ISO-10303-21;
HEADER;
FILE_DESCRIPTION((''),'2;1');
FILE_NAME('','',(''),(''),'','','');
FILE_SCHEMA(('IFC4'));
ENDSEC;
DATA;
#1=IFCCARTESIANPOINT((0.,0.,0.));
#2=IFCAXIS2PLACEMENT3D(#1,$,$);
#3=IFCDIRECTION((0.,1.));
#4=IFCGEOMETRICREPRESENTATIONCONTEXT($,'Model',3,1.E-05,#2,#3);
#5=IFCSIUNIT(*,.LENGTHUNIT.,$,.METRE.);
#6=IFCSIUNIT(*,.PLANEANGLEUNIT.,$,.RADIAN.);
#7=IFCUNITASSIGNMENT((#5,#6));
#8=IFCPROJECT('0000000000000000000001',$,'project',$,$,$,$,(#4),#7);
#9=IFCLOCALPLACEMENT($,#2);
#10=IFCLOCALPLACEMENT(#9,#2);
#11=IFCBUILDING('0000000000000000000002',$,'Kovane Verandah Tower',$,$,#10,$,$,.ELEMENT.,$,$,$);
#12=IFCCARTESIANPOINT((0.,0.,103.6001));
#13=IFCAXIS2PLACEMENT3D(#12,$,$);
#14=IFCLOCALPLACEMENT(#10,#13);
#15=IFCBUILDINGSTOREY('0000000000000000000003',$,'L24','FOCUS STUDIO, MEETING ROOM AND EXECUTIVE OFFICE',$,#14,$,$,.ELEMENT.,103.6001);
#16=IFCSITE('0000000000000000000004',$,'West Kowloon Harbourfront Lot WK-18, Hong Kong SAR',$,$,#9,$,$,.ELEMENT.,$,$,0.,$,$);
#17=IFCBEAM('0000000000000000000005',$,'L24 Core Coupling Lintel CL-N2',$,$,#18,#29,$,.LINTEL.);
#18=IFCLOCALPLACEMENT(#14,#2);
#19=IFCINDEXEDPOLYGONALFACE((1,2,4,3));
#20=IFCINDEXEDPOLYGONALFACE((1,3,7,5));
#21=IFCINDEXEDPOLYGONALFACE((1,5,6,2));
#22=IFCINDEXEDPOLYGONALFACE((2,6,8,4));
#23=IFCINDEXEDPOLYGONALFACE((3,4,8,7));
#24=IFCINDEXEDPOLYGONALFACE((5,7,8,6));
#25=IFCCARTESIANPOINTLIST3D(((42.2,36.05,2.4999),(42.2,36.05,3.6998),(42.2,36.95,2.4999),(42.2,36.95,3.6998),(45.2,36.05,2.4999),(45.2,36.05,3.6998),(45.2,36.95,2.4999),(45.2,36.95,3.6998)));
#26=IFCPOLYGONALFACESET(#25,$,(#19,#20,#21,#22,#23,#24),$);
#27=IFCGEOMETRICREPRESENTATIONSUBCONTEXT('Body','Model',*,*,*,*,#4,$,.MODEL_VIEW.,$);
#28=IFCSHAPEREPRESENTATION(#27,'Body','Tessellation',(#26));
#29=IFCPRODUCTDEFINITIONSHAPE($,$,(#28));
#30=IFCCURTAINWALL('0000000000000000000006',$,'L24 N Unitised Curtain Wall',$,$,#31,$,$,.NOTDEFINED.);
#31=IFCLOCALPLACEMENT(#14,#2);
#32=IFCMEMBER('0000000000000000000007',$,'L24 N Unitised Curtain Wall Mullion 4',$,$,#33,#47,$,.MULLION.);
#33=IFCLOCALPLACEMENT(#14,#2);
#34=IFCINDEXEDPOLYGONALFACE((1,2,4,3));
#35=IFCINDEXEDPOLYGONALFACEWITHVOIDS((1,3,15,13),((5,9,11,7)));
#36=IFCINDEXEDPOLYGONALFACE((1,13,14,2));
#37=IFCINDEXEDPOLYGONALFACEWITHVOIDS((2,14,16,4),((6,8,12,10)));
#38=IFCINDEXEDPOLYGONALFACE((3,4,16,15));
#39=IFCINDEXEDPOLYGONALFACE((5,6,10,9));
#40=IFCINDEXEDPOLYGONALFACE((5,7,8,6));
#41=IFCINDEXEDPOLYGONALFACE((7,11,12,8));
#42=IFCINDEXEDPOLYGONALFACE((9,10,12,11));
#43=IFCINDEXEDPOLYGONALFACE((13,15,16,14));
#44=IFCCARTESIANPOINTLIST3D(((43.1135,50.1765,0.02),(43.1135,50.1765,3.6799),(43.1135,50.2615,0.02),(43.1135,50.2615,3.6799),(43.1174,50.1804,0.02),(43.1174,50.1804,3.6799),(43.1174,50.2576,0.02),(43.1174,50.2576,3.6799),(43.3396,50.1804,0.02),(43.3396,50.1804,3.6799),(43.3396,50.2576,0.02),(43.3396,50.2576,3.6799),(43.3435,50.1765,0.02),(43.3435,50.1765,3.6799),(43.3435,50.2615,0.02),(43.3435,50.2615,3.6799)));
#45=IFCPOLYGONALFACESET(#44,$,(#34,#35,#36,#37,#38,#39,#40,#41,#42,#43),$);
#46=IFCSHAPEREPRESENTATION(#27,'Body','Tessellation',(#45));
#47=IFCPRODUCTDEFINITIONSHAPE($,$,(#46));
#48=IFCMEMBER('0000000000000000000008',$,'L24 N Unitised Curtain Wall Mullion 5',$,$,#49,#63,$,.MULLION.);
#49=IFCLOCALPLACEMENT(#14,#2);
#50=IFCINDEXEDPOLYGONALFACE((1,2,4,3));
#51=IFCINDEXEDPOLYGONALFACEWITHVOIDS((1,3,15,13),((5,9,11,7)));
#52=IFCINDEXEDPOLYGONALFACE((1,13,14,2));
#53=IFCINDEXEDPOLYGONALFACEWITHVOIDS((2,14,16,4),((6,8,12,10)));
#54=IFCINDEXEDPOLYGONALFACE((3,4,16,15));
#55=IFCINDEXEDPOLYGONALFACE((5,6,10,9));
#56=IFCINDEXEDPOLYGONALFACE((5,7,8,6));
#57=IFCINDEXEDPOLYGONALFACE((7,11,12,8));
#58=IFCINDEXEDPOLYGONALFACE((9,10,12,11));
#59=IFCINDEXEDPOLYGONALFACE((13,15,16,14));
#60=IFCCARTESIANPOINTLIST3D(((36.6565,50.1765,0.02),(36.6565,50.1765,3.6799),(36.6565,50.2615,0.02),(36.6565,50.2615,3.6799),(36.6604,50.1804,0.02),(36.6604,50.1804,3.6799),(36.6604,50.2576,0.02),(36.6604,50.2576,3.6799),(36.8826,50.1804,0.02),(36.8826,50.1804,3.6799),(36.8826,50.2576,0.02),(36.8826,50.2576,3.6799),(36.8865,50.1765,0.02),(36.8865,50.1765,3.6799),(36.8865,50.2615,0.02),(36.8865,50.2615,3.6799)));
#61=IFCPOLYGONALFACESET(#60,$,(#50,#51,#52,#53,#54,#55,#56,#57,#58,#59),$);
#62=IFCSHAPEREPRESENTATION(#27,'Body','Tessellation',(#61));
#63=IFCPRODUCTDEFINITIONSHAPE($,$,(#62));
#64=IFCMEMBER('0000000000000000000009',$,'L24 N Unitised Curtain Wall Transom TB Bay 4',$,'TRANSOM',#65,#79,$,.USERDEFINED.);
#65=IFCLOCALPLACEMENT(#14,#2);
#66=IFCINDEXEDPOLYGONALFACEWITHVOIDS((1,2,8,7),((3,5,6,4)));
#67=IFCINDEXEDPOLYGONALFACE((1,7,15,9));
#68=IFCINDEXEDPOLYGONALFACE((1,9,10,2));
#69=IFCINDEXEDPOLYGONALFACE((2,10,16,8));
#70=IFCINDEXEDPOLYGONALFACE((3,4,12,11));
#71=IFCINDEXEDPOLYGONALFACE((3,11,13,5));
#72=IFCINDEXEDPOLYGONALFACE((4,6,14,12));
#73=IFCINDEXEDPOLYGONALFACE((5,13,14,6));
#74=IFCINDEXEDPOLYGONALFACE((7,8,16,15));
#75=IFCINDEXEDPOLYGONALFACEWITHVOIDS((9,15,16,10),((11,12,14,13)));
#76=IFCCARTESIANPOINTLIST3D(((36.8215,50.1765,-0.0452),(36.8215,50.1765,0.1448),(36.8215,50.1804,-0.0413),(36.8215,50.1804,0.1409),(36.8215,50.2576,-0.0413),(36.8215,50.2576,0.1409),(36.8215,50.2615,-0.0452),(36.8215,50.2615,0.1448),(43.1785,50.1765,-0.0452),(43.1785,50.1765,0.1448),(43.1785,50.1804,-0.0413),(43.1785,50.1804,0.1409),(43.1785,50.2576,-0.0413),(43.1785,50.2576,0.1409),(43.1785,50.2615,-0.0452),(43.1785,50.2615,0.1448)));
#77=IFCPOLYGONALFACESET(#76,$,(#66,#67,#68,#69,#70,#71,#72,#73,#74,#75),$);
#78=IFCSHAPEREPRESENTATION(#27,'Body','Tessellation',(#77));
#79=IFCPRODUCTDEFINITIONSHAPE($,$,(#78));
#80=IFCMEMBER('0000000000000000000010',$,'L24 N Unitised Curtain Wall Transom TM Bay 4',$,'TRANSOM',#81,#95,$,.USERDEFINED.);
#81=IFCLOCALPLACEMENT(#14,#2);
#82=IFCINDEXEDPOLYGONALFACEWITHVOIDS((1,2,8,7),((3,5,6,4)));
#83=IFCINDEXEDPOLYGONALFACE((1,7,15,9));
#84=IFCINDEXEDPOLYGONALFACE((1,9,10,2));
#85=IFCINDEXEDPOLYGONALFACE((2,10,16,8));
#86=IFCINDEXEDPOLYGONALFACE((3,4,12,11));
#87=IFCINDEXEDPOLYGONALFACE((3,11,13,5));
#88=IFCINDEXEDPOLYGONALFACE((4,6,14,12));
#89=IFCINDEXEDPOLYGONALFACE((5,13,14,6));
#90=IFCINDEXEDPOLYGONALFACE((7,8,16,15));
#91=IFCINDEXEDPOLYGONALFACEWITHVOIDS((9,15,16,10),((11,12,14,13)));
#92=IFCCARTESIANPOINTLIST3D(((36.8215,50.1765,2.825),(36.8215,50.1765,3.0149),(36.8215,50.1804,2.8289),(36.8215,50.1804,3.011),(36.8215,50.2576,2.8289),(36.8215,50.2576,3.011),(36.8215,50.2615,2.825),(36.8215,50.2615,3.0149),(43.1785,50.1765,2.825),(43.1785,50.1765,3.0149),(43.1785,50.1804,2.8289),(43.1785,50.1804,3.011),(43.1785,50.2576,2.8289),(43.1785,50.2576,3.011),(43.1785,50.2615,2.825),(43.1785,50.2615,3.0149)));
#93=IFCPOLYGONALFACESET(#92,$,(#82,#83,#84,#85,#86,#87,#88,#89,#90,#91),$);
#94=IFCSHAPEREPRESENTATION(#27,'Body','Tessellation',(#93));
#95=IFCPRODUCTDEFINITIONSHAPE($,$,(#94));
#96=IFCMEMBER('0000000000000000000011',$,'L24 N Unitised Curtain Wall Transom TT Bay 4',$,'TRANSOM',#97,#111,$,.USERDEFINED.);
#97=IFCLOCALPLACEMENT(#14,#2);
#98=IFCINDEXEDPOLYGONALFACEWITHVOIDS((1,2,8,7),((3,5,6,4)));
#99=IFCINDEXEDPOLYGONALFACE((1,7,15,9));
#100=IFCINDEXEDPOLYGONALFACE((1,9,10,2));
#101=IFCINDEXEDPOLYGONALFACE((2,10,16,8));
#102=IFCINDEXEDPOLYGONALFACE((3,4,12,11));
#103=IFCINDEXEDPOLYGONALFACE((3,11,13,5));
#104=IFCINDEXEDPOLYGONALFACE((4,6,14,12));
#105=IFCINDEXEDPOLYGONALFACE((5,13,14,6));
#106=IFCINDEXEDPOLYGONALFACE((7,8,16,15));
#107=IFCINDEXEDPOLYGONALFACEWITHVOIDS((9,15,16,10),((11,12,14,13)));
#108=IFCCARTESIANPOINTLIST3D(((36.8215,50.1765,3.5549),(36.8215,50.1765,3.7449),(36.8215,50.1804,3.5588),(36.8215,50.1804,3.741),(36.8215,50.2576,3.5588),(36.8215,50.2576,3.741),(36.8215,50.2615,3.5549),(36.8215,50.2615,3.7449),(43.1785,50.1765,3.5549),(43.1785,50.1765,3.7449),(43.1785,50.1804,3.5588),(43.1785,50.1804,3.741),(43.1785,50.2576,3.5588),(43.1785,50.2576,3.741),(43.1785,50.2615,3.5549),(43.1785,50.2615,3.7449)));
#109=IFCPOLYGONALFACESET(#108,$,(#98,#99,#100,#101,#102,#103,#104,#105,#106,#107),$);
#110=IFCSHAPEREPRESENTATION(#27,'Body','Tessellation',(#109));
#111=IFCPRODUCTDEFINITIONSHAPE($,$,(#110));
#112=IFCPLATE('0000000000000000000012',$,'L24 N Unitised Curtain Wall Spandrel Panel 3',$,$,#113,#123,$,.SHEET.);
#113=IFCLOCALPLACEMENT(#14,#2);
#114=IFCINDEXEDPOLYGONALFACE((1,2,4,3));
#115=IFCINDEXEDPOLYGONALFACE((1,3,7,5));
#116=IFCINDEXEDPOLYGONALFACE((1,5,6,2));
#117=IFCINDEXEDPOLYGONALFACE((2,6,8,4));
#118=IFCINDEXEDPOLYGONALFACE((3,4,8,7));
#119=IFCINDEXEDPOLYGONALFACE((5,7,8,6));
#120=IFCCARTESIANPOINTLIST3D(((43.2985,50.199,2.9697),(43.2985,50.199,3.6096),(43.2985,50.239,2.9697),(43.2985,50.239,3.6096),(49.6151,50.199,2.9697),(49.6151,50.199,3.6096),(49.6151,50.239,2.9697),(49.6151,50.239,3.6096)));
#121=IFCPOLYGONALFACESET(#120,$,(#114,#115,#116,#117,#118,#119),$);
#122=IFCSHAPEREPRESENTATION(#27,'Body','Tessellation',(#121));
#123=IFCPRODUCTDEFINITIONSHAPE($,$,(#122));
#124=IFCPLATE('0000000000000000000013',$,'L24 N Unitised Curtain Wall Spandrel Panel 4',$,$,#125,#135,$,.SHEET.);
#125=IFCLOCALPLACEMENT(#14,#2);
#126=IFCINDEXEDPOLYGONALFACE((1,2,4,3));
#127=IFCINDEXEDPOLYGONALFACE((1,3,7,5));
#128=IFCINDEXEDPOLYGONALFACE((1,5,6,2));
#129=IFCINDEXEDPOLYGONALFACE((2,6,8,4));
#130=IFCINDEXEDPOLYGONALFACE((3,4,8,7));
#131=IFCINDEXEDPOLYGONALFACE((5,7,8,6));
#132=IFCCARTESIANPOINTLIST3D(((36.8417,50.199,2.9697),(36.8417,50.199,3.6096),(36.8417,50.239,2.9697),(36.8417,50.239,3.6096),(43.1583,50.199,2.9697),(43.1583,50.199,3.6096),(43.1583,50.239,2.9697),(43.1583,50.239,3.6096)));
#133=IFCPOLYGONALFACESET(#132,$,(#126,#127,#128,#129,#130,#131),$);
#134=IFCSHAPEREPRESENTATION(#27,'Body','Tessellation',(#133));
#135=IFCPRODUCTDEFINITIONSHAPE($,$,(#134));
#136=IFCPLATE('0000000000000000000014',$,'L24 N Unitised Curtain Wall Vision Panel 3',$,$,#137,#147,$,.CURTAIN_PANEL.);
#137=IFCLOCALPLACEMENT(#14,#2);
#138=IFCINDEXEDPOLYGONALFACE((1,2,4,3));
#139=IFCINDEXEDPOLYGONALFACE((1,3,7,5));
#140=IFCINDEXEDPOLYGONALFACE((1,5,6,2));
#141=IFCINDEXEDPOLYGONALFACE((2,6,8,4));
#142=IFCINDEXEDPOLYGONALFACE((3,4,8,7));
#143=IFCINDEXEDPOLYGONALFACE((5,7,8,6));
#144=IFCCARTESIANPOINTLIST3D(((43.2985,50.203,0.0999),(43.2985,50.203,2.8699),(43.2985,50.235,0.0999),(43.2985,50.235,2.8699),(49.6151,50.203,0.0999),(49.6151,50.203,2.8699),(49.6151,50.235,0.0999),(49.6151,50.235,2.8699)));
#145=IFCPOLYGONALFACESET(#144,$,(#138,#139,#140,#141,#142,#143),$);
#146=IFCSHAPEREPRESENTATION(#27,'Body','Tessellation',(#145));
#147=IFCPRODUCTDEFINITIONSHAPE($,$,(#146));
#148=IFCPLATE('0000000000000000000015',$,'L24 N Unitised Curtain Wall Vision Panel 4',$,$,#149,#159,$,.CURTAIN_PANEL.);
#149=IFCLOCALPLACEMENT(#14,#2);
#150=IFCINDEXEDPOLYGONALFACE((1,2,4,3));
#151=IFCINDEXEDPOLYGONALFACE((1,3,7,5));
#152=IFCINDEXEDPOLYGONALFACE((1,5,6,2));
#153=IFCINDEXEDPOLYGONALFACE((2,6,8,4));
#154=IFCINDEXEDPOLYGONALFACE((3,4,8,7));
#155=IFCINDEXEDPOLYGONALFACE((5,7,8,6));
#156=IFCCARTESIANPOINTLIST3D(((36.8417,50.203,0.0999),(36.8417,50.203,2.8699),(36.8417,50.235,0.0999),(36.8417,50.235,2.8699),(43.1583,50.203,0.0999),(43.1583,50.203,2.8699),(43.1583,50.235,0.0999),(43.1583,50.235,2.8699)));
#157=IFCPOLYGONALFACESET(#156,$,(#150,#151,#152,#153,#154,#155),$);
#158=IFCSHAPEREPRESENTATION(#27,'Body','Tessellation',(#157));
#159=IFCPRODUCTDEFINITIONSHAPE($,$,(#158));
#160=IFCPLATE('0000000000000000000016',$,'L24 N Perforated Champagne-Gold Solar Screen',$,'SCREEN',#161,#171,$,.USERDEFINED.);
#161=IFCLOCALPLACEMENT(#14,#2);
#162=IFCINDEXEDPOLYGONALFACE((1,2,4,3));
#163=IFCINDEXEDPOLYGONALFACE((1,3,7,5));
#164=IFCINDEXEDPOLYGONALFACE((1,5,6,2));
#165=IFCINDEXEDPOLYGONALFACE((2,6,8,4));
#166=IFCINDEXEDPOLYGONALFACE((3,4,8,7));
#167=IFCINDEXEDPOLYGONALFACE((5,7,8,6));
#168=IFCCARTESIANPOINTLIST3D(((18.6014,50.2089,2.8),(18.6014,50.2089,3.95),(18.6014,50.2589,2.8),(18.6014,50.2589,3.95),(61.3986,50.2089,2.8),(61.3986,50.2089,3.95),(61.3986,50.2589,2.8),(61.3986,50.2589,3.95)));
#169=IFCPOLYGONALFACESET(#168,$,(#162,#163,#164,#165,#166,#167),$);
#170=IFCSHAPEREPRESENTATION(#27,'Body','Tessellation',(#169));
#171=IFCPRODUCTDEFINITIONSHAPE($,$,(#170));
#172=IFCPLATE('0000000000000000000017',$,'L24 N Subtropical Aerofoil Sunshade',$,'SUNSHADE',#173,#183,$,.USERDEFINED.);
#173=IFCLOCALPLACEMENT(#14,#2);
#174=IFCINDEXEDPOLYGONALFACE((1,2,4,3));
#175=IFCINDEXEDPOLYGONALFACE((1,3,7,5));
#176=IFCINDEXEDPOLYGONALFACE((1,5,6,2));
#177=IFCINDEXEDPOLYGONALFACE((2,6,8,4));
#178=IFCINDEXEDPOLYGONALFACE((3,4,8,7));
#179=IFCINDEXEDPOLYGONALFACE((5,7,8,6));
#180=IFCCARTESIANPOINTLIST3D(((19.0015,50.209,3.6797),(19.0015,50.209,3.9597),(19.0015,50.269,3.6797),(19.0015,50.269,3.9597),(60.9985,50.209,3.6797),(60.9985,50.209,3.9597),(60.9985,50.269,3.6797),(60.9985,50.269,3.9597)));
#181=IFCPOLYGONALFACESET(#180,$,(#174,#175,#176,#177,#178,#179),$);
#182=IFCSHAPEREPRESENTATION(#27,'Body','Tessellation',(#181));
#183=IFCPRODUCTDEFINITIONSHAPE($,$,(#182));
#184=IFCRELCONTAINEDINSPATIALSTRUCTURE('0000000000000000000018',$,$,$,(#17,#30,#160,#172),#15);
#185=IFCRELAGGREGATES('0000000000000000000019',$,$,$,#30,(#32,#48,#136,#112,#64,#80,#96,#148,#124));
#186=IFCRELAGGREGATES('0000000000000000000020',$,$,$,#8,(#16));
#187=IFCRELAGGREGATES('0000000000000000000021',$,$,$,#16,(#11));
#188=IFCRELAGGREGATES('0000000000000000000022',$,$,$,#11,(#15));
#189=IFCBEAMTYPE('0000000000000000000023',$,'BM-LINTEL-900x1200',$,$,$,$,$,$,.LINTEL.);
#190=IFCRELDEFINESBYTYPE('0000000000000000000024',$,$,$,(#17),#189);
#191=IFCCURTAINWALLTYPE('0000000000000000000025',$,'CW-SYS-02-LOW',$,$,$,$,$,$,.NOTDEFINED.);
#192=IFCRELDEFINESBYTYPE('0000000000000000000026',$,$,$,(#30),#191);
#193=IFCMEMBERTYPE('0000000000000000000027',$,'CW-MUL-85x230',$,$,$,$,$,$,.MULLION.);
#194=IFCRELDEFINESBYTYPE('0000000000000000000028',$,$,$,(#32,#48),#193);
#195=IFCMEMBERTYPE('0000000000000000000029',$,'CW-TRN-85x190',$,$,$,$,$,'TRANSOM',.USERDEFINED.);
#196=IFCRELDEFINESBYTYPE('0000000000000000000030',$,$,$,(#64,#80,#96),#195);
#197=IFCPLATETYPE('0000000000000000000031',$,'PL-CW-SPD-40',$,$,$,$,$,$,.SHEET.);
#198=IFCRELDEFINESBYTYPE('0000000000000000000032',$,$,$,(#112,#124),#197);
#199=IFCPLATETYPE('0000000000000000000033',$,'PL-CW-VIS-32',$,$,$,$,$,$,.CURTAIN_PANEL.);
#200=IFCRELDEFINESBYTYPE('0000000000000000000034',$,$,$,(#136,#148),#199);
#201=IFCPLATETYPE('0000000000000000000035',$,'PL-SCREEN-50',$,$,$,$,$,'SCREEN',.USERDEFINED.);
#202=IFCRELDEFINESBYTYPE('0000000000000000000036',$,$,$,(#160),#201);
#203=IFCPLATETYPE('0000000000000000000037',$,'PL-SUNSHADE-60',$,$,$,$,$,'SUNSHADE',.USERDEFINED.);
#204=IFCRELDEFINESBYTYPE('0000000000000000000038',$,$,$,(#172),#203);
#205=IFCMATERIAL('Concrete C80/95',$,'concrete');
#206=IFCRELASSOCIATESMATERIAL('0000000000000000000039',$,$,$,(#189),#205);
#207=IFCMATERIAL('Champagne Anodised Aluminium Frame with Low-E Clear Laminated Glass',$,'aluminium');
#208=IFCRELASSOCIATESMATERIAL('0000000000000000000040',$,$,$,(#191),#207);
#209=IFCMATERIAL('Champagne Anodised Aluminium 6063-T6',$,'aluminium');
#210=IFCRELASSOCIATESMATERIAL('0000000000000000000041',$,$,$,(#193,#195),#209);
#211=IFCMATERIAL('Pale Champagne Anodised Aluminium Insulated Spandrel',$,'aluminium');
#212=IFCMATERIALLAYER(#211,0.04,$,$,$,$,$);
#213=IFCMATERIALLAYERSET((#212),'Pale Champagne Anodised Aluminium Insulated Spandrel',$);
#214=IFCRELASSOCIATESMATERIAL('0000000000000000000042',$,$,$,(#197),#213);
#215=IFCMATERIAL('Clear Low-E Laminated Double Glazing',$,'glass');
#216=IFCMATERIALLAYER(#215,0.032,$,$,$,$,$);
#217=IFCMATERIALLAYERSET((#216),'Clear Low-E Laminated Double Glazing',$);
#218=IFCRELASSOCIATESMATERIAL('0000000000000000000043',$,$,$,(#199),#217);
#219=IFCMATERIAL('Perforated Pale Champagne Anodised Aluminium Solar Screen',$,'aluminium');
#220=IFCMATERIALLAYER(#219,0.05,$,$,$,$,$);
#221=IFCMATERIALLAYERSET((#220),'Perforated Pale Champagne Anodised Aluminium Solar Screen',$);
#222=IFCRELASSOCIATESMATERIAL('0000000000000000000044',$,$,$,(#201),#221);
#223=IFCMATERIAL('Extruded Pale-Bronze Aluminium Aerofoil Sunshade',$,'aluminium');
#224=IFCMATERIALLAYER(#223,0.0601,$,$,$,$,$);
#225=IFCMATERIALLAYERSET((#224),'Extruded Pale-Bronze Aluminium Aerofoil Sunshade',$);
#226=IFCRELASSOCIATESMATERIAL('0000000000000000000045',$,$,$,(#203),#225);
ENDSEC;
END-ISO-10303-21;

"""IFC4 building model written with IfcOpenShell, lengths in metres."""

from ifc_helpers import new_model, si_unit, direction, frame, origin, origin_2d, place, context, subcontext, project, spatial, rectangle, hollow_rectangle, extrude, material, layer, layer_set, material_profile, profile_set, type_object, element, aggregate, save


model = new_model("IFC4")

# Units and contexts
model_context = context("Model", 3, precision=1e-05, world=origin(), true_north=direction((0.0, 1.0)))
body_context = subcontext(model_context, "Body", "Model", "MODEL_VIEW")
ifc_project = project(units=[si_unit("LENGTHUNIT", "METRE"), si_unit("PLANEANGLEUNIT", "RADIAN")], contexts=[model_context])

# Site, building, storey
site_placement = place(None, origin())
site = spatial("IfcSite", under=ifc_project, at=site_placement, Name="West Kowloon Harbourfront Lot WK-18, Hong Kong SAR", CompositionType="ELEMENT", RefElevation=0.0)
building_placement = place(site_placement, origin())
building = spatial("IfcBuilding", under=site, at=building_placement, Name="Kovane Verandah Tower", CompositionType="ELEMENT")
storey_placement = place(building_placement, frame((0.0, 0.0, 103.6001)))
storey = spatial("IfcBuildingStorey", under=building, at=storey_placement, Name="L24", Description="FOCUS STUDIO, MEETING ROOM AND EXECUTIVE OFFICE", CompositionType="ELEMENT", Elevation=103.6001)

# Beam
ifc_material_1 = material(Name="Concrete C80/95", Category="concrete")
ifc_material_profile_1 = material_profile(ifc_material_1, rectangle(XDim=0.8999, YDim=1.2, at=origin_2d()), Name="RCB900x1200")
ifc_profile_set_1 = profile_set([ifc_material_profile_1], Name="Concrete C80/95")
beam_type = type_object("IfcBeamType", Name="BM-LINTEL-900x1200", PredefinedType="LINTEL", material=ifc_profile_set_1)
beam_placement = place(storey_placement, frame((42.2, 36.5, 3.0999), z_axis=(1.0, 0.0, 0.0), x_axis=(0.0, 1.0, 0.0)))
element("IfcBeam", 1, at=beam_placement, inside=storey, type_object=beam_type, Name="L24 Core Coupling Lintel CL-N2", PredefinedType="LINTEL", context=body_context, shape_type="SweptSolid", body=[
    extrude(rectangle(XDim=0.8999, YDim=1.2, at=origin_2d()), origin(), (0.0, 0.0, 1.0), 3.0),
])

# Curtain wall, members, plates
ifc_material_2 = material(Name="Champagne Anodised Aluminium Frame with Low-E Clear Laminated Glass", Category="aluminium")
curtain_wall_type = type_object("IfcCurtainWallType", Name="CW-SYS-02-LOW", PredefinedType="NOTDEFINED", material=ifc_material_2)
curtain_wall_placement = place(storey_placement, origin())
curtain_wall = element("IfcCurtainWall", 2, at=curtain_wall_placement, inside=storey, type_object=curtain_wall_type, Name="L24 N Unitised Curtain Wall", PredefinedType="NOTDEFINED")
ifc_material_3 = material(Name="Champagne Anodised Aluminium 6063-T6", Category="aluminium")
ifc_material_profile_2 = material_profile(ifc_material_3, hollow_rectangle(XDim=0.085, YDim=0.23, WallThickness=0.0039, at=origin_2d()), Name="AL85x230x4")
ifc_profile_set_2 = profile_set([ifc_material_profile_2], Name="Champagne Anodised Aluminium 6063-T6")
member_type_1 = type_object("IfcMemberType", Name="CW-MUL-85x230", PredefinedType="MULLION", material=ifc_profile_set_2)
member_1_placement = place(storey_placement, frame((43.2285, 50.219, 0.02), z_axis=(0.0, 0.0, 1.0), x_axis=(0.0, 1.0, 0.0)))
member_1 = element("IfcMember", 3, at=member_1_placement, type_object=member_type_1, Name="L24 N Unitised Curtain Wall Mullion 4", PredefinedType="MULLION", context=body_context, shape_type="SweptSolid", body=[
    extrude(hollow_rectangle(XDim=0.085, YDim=0.23, WallThickness=0.0039, at=origin_2d()), origin(), (0.0, 0.0, 1.0), 3.6599),
])
member_2_placement = place(storey_placement, frame((36.7715, 50.219, 0.02), z_axis=(0.0, 0.0, 1.0), x_axis=(0.0, 1.0, 0.0)))
member_2 = element("IfcMember", 4, at=member_2_placement, type_object=member_type_1, Name="L24 N Unitised Curtain Wall Mullion 5", PredefinedType="MULLION", context=body_context, shape_type="SweptSolid", body=[
    extrude(hollow_rectangle(XDim=0.085, YDim=0.23, WallThickness=0.0039, at=origin_2d()), origin(), (0.0, 0.0, 1.0), 3.6599),
])
ifc_material_profile_3 = material_profile(ifc_material_3, hollow_rectangle(XDim=0.085, YDim=0.1899, WallThickness=0.0039, at=origin_2d()), Name="AL85x190x4")
ifc_profile_set_3 = profile_set([ifc_material_profile_3], Name="Champagne Anodised Aluminium 6063-T6")
member_type_2 = type_object("IfcMemberType", Name="CW-TRN-85x190", ElementType="TRANSOM", PredefinedType="USERDEFINED", material=ifc_profile_set_3)
member_3_placement = place(storey_placement, frame((43.1785, 50.219, 0.0498), z_axis=(-1.0, 0.0, 0.0), x_axis=(0.0, -1.0, 0.0)))
member_3 = element("IfcMember", 5, at=member_3_placement, type_object=member_type_2, Name="L24 N Unitised Curtain Wall Transom TB Bay 4", ObjectType="TRANSOM", PredefinedType="USERDEFINED", context=body_context, shape_type="SweptSolid", body=[
    extrude(hollow_rectangle(XDim=0.085, YDim=0.1899, WallThickness=0.0039, at=origin_2d()), origin(), (0.0, 0.0, 1.0), 6.3569),
])
member_4_placement = place(storey_placement, frame((43.1785, 50.219, 2.9199), z_axis=(-1.0, 0.0, 0.0), x_axis=(0.0, -1.0, 0.0)))
member_4 = element("IfcMember", 6, at=member_4_placement, type_object=member_type_2, Name="L24 N Unitised Curtain Wall Transom TM Bay 4", ObjectType="TRANSOM", PredefinedType="USERDEFINED", context=body_context, shape_type="SweptSolid", body=[
    extrude(hollow_rectangle(XDim=0.085, YDim=0.1899, WallThickness=0.0039, at=origin_2d()), origin(), (0.0, 0.0, 1.0), 6.3569),
])
member_5_placement = place(storey_placement, frame((43.1785, 50.219, 3.6499), z_axis=(-1.0, 0.0, 0.0), x_axis=(0.0, -1.0, 0.0)))
member_5 = element("IfcMember", 7, at=member_5_placement, type_object=member_type_2, Name="L24 N Unitised Curtain Wall Transom TT Bay 4", ObjectType="TRANSOM", PredefinedType="USERDEFINED", context=body_context, shape_type="SweptSolid", body=[
    extrude(hollow_rectangle(XDim=0.085, YDim=0.1899, WallThickness=0.0039, at=origin_2d()), origin(), (0.0, 0.0, 1.0), 6.3569),
])
ifc_material_4 = material(Name="Pale Champagne Anodised Aluminium Insulated Spandrel", Category="aluminium")
ifc_layer_1 = layer(ifc_material_4, 0.04)
ifc_layer_set_1 = layer_set([ifc_layer_1], Name="Pale Champagne Anodised Aluminium Insulated Spandrel")
plate_type_1 = type_object("IfcPlateType", Name="PL-CW-SPD-40", PredefinedType="SHEET", material=ifc_layer_set_1)
plate_1_placement = place(storey_placement, frame((46.4568, 50.219, 2.9697), z_axis=(0.0, 0.0, 1.0), x_axis=(-1.0, 0.0, 0.0)))
plate_1 = element("IfcPlate", 8, at=plate_1_placement, type_object=plate_type_1, Name="L24 N Unitised Curtain Wall Spandrel Panel 3", PredefinedType="SHEET", context=body_context, shape_type="SweptSolid", body=[
    extrude(rectangle(XDim=6.3167, YDim=0.04, at=origin_2d()), origin(), (0.0, 0.0, 1.0), 0.6399),
])
plate_2_placement = place(storey_placement, frame((40.0, 50.219, 2.9697), z_axis=(0.0, 0.0, 1.0), x_axis=(-1.0, 0.0, 0.0)))
plate_2 = element("IfcPlate", 9, at=plate_2_placement, type_object=plate_type_1, Name="L24 N Unitised Curtain Wall Spandrel Panel 4", PredefinedType="SHEET", context=body_context, shape_type="SweptSolid", body=[
    extrude(rectangle(XDim=6.3167, YDim=0.04, at=origin_2d()), origin(), (0.0, 0.0, 1.0), 0.6399),
])
ifc_material_5 = material(Name="Clear Low-E Laminated Double Glazing", Category="glass")
ifc_layer_2 = layer(ifc_material_5, 0.032)
ifc_layer_set_2 = layer_set([ifc_layer_2], Name="Clear Low-E Laminated Double Glazing")
plate_type_2 = type_object("IfcPlateType", Name="PL-CW-VIS-32", PredefinedType="CURTAIN_PANEL", material=ifc_layer_set_2)
plate_3_placement = place(storey_placement, frame((46.4568, 50.219, 0.0999), z_axis=(0.0, 0.0, 1.0), x_axis=(-1.0, 0.0, 0.0)))
plate_3 = element("IfcPlate", 10, at=plate_3_placement, type_object=plate_type_2, Name="L24 N Unitised Curtain Wall Vision Panel 3", PredefinedType="CURTAIN_PANEL", context=body_context, shape_type="SweptSolid", body=[
    extrude(rectangle(XDim=6.3167, YDim=0.032, at=origin_2d()), origin(), (0.0, 0.0, 1.0), 2.77),
])
plate_4_placement = place(storey_placement, frame((40.0, 50.219, 0.0999), z_axis=(0.0, 0.0, 1.0), x_axis=(-1.0, 0.0, 0.0)))
plate_4 = element("IfcPlate", 11, at=plate_4_placement, type_object=plate_type_2, Name="L24 N Unitised Curtain Wall Vision Panel 4", PredefinedType="CURTAIN_PANEL", context=body_context, shape_type="SweptSolid", body=[
    extrude(rectangle(XDim=6.3167, YDim=0.032, at=origin_2d()), origin(), (0.0, 0.0, 1.0), 2.77),
])
aggregate(curtain_wall, [member_1, member_2, plate_3, plate_1, member_3, member_4, member_5, plate_4, plate_2])

# Plates
ifc_material_6 = material(Name="Perforated Pale Champagne Anodised Aluminium Solar Screen", Category="aluminium")
ifc_layer_3 = layer(ifc_material_6, 0.05)
ifc_layer_set_3 = layer_set([ifc_layer_3], Name="Perforated Pale Champagne Anodised Aluminium Solar Screen")
plate_type_3 = type_object("IfcPlateType", Name="PL-SCREEN-50", ElementType="SCREEN", PredefinedType="USERDEFINED", material=ifc_layer_set_3)
plate_5_placement = place(storey_placement, frame((40.0, 50.2339, 2.8), z_axis=(0.0, 0.0, 1.0), x_axis=(-1.0, 0.0, 0.0)))
element("IfcPlate", 12, at=plate_5_placement, inside=storey, type_object=plate_type_3, Name="L24 N Perforated Champagne-Gold Solar Screen", ObjectType="SCREEN", PredefinedType="USERDEFINED", context=body_context, shape_type="SweptSolid", body=[
    extrude(rectangle(XDim=42.7971, YDim=0.05, at=origin_2d()), origin(), (0.0, 0.0, 1.0), 1.1499),
])
ifc_material_7 = material(Name="Extruded Pale-Bronze Aluminium Aerofoil Sunshade", Category="aluminium")
ifc_layer_4 = layer(ifc_material_7, 0.0601)
ifc_layer_set_4 = layer_set([ifc_layer_4], Name="Extruded Pale-Bronze Aluminium Aerofoil Sunshade")
plate_type_4 = type_object("IfcPlateType", Name="PL-SUNSHADE-60", ElementType="SUNSHADE", PredefinedType="USERDEFINED", material=ifc_layer_set_4)
plate_6_placement = place(storey_placement, frame((40.0, 50.239, 3.6797), z_axis=(0.0, 0.0, 1.0), x_axis=(-1.0, 0.0, 0.0)))
element("IfcPlate", 13, at=plate_6_placement, inside=storey, type_object=plate_type_4, Name="L24 N Subtropical Aerofoil Sunshade", ObjectType="SUNSHADE", PredefinedType="USERDEFINED", context=body_context, shape_type="SweptSolid", body=[
    extrude(rectangle(XDim=41.9971, YDim=0.0601, at=origin_2d()), origin(), (0.0, 0.0, 1.0), 0.28),
])

save(model, "model.ifc")
